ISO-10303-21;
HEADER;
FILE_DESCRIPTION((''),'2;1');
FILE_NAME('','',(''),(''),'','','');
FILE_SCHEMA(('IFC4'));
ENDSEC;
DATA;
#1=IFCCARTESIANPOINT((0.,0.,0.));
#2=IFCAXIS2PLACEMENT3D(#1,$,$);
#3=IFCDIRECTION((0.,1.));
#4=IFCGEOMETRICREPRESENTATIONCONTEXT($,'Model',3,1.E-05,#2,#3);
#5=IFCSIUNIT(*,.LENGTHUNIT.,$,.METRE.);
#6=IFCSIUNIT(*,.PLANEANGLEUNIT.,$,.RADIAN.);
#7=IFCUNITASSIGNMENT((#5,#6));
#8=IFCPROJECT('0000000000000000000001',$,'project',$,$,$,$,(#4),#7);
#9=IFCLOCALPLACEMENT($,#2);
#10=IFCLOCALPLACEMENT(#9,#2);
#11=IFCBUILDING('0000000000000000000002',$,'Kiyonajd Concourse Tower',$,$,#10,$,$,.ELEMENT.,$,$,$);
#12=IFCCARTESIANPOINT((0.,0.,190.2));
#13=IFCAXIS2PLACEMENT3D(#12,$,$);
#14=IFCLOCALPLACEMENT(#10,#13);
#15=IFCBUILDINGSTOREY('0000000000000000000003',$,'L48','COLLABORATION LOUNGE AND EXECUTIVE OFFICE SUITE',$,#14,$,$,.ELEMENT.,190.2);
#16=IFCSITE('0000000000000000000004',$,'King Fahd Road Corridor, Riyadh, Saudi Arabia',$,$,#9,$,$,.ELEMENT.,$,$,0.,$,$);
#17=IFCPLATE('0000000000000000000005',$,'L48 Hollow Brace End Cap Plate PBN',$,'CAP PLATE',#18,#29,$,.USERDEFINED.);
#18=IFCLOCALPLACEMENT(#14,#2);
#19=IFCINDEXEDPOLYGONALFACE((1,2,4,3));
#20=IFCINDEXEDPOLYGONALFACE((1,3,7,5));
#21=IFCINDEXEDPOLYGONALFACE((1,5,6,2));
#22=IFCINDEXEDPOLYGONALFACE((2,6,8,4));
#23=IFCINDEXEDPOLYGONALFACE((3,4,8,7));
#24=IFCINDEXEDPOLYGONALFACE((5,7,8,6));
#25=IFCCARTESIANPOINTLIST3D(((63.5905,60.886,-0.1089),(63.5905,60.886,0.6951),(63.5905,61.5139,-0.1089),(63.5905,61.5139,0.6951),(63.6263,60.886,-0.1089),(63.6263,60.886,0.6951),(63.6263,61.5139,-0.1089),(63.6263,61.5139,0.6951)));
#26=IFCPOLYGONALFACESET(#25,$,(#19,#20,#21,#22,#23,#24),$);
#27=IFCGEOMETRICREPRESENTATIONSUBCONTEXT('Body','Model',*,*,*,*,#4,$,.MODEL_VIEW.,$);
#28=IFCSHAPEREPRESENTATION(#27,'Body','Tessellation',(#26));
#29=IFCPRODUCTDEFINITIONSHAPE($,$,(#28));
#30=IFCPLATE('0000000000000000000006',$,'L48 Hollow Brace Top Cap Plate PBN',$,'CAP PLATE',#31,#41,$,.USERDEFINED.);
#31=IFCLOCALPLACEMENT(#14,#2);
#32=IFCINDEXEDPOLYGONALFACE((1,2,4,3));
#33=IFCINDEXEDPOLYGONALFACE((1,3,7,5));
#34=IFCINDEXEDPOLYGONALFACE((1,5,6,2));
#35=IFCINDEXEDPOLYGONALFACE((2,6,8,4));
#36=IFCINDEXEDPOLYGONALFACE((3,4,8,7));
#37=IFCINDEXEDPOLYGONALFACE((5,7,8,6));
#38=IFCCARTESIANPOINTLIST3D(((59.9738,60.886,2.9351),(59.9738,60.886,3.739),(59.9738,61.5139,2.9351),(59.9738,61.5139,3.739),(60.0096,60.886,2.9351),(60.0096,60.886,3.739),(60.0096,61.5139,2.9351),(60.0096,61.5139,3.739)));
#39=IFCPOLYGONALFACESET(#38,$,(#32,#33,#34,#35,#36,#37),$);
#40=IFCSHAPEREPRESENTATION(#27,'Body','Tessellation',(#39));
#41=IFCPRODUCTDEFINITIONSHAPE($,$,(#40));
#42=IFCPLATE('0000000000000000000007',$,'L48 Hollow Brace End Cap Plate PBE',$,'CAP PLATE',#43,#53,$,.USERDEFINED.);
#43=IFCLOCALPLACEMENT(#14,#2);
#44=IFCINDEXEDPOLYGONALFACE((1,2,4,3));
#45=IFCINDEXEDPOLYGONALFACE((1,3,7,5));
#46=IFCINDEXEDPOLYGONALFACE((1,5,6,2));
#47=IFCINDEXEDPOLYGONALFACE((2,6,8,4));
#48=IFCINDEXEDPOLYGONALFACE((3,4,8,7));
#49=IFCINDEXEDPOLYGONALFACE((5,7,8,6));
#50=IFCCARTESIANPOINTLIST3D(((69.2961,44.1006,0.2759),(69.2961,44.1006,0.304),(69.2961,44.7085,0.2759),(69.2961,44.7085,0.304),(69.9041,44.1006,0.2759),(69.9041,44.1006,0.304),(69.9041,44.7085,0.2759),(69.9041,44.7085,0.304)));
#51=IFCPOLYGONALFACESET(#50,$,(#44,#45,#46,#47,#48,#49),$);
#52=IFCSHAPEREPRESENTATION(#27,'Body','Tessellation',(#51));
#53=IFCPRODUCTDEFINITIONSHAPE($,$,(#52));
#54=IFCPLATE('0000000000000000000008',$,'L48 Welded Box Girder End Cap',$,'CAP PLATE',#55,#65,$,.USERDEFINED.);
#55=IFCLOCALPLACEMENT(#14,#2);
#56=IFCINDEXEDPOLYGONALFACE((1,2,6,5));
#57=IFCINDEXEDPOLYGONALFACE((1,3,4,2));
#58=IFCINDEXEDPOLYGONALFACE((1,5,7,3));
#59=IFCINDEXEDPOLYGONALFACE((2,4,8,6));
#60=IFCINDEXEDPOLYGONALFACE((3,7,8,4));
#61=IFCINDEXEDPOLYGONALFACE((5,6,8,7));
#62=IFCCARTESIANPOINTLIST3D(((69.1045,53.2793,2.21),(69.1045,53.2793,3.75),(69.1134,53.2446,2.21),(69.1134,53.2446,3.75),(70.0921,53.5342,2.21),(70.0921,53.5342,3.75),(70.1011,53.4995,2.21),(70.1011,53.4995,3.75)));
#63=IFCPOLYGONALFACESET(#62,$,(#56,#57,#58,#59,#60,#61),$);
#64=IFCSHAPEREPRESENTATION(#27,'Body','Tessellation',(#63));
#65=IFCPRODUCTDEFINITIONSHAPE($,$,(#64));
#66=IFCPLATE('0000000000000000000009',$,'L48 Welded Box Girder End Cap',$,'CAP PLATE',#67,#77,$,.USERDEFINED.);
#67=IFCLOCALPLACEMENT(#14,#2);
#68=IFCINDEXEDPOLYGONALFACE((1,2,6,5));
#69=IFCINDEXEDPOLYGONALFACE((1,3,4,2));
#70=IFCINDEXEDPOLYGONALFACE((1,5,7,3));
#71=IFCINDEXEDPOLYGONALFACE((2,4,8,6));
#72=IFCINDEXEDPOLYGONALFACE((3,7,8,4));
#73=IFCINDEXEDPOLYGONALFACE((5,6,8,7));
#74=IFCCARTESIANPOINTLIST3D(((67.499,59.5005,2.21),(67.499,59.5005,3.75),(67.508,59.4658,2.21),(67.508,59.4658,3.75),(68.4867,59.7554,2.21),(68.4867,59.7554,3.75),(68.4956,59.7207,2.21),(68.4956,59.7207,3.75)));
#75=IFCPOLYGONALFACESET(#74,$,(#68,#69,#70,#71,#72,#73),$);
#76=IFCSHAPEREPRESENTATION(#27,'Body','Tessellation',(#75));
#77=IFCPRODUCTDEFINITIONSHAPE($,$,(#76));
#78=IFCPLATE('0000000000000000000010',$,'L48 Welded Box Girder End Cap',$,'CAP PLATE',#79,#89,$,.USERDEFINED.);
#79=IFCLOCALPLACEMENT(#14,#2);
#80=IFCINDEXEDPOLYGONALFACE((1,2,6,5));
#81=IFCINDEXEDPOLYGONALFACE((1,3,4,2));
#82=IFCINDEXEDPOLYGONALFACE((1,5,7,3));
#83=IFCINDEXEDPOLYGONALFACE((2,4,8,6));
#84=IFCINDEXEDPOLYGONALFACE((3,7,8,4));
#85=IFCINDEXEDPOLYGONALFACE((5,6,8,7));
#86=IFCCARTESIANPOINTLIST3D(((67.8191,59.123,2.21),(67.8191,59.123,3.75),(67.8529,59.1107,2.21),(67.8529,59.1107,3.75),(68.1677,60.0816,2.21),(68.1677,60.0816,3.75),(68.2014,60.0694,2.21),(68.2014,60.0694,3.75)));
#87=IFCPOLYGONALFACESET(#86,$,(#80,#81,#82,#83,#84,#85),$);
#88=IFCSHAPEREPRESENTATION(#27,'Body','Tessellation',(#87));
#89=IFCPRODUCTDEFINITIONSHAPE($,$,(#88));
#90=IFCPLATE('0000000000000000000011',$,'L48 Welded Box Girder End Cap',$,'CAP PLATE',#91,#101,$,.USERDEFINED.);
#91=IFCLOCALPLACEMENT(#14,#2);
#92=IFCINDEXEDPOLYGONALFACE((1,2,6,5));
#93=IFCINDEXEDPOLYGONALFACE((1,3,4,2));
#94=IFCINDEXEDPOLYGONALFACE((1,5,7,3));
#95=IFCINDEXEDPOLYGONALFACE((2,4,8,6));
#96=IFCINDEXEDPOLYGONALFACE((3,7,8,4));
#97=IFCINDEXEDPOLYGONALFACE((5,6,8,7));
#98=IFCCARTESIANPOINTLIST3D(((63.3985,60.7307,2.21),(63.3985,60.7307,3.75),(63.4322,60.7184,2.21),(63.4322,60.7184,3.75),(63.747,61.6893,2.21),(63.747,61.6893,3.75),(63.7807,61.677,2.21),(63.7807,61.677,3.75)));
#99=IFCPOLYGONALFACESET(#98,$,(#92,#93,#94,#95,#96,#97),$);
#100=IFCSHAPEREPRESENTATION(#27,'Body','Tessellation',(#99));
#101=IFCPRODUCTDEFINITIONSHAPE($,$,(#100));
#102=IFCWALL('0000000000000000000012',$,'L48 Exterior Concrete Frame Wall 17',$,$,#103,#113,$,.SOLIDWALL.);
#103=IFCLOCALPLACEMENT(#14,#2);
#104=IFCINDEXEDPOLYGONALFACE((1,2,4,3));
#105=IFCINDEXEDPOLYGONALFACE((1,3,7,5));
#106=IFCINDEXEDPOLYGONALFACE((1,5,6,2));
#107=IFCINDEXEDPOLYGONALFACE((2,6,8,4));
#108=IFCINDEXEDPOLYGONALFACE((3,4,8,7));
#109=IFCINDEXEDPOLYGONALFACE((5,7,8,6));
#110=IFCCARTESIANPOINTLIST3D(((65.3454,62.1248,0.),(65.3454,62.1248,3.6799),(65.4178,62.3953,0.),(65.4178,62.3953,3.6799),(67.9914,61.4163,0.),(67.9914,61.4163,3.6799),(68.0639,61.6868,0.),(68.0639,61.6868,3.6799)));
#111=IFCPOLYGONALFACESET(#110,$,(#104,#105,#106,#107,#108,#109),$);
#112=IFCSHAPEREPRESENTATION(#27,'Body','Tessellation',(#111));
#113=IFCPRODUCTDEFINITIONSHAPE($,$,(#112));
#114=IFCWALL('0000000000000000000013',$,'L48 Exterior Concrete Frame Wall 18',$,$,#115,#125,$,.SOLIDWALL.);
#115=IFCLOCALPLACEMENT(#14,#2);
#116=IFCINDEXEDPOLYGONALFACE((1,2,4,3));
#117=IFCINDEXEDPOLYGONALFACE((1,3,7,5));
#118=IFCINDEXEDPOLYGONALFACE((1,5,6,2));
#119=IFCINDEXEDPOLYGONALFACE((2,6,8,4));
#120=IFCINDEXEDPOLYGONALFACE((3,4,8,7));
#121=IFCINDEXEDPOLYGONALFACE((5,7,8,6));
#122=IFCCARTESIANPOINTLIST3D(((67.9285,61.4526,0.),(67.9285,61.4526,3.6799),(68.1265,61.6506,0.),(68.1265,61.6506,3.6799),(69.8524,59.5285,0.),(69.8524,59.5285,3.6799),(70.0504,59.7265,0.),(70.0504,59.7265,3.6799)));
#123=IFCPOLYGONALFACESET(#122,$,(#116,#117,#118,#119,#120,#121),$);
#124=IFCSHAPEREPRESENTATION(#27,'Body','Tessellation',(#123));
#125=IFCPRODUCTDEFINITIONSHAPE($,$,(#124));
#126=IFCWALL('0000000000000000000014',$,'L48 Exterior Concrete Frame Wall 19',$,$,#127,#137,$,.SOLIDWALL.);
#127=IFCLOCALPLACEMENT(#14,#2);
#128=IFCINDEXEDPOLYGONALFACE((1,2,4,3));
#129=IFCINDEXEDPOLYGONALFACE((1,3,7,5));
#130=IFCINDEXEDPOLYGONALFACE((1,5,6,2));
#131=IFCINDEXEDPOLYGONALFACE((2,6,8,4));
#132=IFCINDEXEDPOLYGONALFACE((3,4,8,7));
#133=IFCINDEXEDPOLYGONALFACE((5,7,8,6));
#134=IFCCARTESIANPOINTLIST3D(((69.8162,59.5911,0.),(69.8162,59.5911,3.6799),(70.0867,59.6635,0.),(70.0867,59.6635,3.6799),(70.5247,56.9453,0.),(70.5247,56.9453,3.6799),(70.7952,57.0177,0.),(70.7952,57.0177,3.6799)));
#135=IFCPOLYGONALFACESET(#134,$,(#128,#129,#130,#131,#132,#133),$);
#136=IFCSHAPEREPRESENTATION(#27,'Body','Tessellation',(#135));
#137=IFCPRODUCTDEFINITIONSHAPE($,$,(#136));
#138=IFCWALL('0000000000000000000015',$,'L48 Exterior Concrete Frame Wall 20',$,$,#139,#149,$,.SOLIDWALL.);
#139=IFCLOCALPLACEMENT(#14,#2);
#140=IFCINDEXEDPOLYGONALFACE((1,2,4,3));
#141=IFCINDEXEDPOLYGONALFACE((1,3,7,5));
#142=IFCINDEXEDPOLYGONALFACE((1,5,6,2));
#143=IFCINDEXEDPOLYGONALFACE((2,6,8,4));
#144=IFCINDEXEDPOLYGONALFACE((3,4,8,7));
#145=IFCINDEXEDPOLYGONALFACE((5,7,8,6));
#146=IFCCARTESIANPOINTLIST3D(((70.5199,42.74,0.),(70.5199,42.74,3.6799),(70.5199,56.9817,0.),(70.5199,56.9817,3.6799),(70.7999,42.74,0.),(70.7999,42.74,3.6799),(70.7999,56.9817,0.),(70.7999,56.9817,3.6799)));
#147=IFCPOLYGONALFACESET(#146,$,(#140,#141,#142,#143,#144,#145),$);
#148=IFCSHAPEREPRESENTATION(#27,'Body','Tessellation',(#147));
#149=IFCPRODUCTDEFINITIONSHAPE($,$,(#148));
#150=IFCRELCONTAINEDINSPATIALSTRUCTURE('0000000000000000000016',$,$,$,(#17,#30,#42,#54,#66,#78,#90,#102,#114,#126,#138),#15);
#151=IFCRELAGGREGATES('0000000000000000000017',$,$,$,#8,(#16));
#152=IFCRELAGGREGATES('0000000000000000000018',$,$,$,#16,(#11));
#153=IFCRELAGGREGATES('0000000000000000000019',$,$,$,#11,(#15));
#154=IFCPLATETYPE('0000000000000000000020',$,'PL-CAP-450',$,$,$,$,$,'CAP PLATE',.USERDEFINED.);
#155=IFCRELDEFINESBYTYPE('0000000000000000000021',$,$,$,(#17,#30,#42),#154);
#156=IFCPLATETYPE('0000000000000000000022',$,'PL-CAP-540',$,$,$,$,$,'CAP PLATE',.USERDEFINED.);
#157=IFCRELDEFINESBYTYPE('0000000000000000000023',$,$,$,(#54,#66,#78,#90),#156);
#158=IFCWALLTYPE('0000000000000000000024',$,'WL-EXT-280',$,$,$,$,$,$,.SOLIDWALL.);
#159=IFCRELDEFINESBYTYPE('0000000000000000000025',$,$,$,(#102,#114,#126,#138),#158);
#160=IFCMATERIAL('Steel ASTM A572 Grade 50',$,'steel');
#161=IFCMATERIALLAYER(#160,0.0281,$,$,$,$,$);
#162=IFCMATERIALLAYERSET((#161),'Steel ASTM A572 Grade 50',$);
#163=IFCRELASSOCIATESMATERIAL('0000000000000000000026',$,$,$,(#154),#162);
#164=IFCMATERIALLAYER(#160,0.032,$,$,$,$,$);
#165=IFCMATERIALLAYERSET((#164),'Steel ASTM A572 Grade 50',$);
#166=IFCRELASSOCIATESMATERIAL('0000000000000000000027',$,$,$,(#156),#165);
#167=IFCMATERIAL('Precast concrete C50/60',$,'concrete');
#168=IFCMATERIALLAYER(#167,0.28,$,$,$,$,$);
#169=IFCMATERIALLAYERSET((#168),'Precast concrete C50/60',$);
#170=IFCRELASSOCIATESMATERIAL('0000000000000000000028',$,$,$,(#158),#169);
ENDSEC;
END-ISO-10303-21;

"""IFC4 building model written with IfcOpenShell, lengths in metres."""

from ifc_helpers import new_model, si_unit, direction, frame, frame_2d, origin, origin_2d, place, context, subcontext, project, spatial, rectangle, extrude, material, layer, layer_set, type_object, element, save


model = new_model("IFC4")

# Units and contexts
model_context = context("Model", 3, precision=1e-05, world=origin(), true_north=direction((0.0, 1.0)))
body_context = subcontext(model_context, "Body", "Model", "MODEL_VIEW")
ifc_project = project(units=[si_unit("LENGTHUNIT", "METRE"), si_unit("PLANEANGLEUNIT", "RADIAN")], contexts=[model_context])

# Site, building, storey
site_placement = place(None, origin())
site = spatial("IfcSite", under=ifc_project, at=site_placement, Name="King Fahd Road Corridor, Riyadh, Saudi Arabia", CompositionType="ELEMENT", RefElevation=0.0)
building_placement = place(site_placement, origin())
building = spatial("IfcBuilding", under=site, at=building_placement, Name="Kiyonajd Concourse Tower", CompositionType="ELEMENT")
storey_placement = place(building_placement, frame((0.0, 0.0, 190.2)))
storey = spatial("IfcBuildingStorey", under=building, at=storey_placement, Name="L48", Description="COLLABORATION LOUNGE AND EXECUTIVE OFFICE SUITE", CompositionType="ELEMENT", Elevation=190.2)

# Shared definitions
ifc_material_1 = material(Name="Steel ASTM A572 Grade 50", Category="steel")

# Plates
ifc_layer_1 = layer(ifc_material_1, 0.0281)
ifc_layer_set_1 = layer_set([ifc_layer_1], Name="Steel ASTM A572 Grade 50")
plate_type_1 = type_object("IfcPlateType", Name="PL-CAP-450", ElementType="CAP PLATE", PredefinedType="USERDEFINED", material=ifc_layer_set_1)
for number, where, z_axis, x_axis, name in (
    (1, (63.6084, 61.2, -0.1089), (0.0, 0.0, 1.0), (1.0, 0.0, 0.0), "L48 Hollow Brace End Cap Plate PBN"),
    (2, (59.9917, 61.2, 2.9351), (0.0, 0.0, 1.0), (-1.0, 0.0, 0.0), "L48 Hollow Brace Top Cap Plate PBN"),
):
    element("IfcPlate", number, at=place(storey_placement, frame(where, z_axis=z_axis, x_axis=x_axis)), inside=storey, type_object=plate_type_1, Name=name, ObjectType="CAP PLATE", PredefinedType="USERDEFINED", context=body_context, shape_type="SweptSolid", body=[
        extrude(rectangle(XDim=0.0359, YDim=0.6279, at=origin_2d()), origin(), (0.0, 0.0, 1.0), 0.804),
    ])
plate_placement = place(storey_placement, frame((69.6001, 44.4045, 0.2759), z_axis=(0.0, 0.0, 1.0), x_axis=(1.0, 0.0, 0.0)))
element("IfcPlate", 3, at=plate_placement, inside=storey, type_object=plate_type_1, Name="L48 Hollow Brace End Cap Plate PBE", ObjectType="CAP PLATE", PredefinedType="USERDEFINED", context=body_context, shape_type="SweptSolid", body=[
    extrude(rectangle(XDim=0.6079, YDim=0.6079, at=origin_2d()), origin(), (0.0, 0.0, 1.0), 0.0281),
])
ifc_layer_2 = layer(ifc_material_1, 0.032)
ifc_layer_set_2 = layer_set([ifc_layer_2], Name="Steel ASTM A572 Grade 50")
plate_type_2 = type_object("IfcPlateType", Name="PL-CAP-540", ElementType="CAP PLATE", PredefinedType="USERDEFINED", material=ifc_layer_set_2)
for number, where, z_axis, x_axis, name in (
    (4, (69.6028, 53.3894, 2.21), (0.0, 0.0, 1.0), (0.249873, -0.968279, 0.0), "L48 Welded Box Girder End Cap"),
    (5, (67.9973, 59.6106, 2.21), (0.0, 0.0, 1.0), (-0.249873, 0.968279, 0.0), "L48 Welded Box Girder End Cap"),
    (6, (68.0103, 59.5962, 2.21), (0.0, 0.0, 1.0), (0.939812, -0.341692, 0.0), "L48 Welded Box Girder End Cap"),
    (7, (63.5896, 61.2039, 2.21), (0.0, 0.0, 1.0), (-0.939812, 0.341692, 0.0), "L48 Welded Box Girder End Cap"),
):
    element("IfcPlate", number, at=place(storey_placement, frame(where, z_axis=z_axis, x_axis=x_axis)), inside=storey, type_object=plate_type_2, Name=name, ObjectType="CAP PLATE", PredefinedType="USERDEFINED", context=body_context, shape_type="SweptSolid", body=[
        extrude(rectangle(XDim=0.0359, YDim=1.02, at=origin_2d()), origin(), (0.0, 0.0, 1.0), 1.54),
    ])

# Walls
ifc_material_2 = material(Name="Precast concrete C50/60", Category="concrete")
ifc_layer_3 = layer(ifc_material_2, 0.28)
ifc_layer_set_3 = layer_set([ifc_layer_3], Name="Precast concrete C50/60")
wall_type = type_object("IfcWallType", Name="WL-EXT-280", PredefinedType="SOLIDWALL", material=ifc_layer_set_3)
wall_1_placement = place(storey_placement, frame((65.3816, 62.26, 0.0), z_axis=(0.0, 0.0, 1.0), x_axis=(0.965971, -0.25865, 0.0)))
element("IfcWall", 8, at=wall_1_placement, inside=storey, type_object=wall_type, Name="L48 Exterior Concrete Frame Wall 17", PredefinedType="SOLIDWALL", context=body_context, shape_type="SweptSolid", body=[
    extrude(rectangle(XDim=2.7393, YDim=0.28, at=frame_2d((1.3696, 0.0))), origin(), (0.0, 0.0, 1.0), 3.6799),
])
wall_2_placement = place(storey_placement, frame((68.0276, 61.5515, 0.0), z_axis=(0.0, 0.0, 1.0), x_axis=(0.707062, -0.707152, 0.0)))
element("IfcWall", 9, at=wall_2_placement, inside=storey, type_object=wall_type, Name="L48 Exterior Concrete Frame Wall 18", PredefinedType="SOLIDWALL", context=body_context, shape_type="SweptSolid", body=[
    extrude(rectangle(XDim=2.7209, YDim=0.28, at=frame_2d((1.3604, 0.0))), origin(), (0.0, 0.0, 1.0), 3.6799),
])
wall_3_placement = place(storey_placement, frame((69.9514, 59.6274, 0.0), z_axis=(0.0, 0.0, 1.0), x_axis=(0.258672, -0.965965, 0.0)))
element("IfcWall", 10, at=wall_3_placement, inside=storey, type_object=wall_type, Name="L48 Exterior Concrete Frame Wall 19", PredefinedType="SOLIDWALL", context=body_context, shape_type="SweptSolid", body=[
    extrude(rectangle(XDim=2.739, YDim=0.28, at=frame_2d((1.3696, 0.0))), origin(), (0.0, 0.0, 1.0), 3.6799),
])
wall_4_placement = place(storey_placement, frame((70.6599, 56.9817, 0.0), z_axis=(0.0, 0.0, 1.0), x_axis=(0.0, -1.0, 0.0)))
element("IfcWall", 11, at=wall_4_placement, inside=storey, type_object=wall_type, Name="L48 Exterior Concrete Frame Wall 20", PredefinedType="SOLIDWALL", context=body_context, shape_type="SweptSolid", body=[
    extrude(rectangle(XDim=14.2417, YDim=0.28, at=frame_2d((7.1208, 0.0))), origin(), (0.0, 0.0, 1.0), 3.6799),
])

save(model, "model.ifc")
